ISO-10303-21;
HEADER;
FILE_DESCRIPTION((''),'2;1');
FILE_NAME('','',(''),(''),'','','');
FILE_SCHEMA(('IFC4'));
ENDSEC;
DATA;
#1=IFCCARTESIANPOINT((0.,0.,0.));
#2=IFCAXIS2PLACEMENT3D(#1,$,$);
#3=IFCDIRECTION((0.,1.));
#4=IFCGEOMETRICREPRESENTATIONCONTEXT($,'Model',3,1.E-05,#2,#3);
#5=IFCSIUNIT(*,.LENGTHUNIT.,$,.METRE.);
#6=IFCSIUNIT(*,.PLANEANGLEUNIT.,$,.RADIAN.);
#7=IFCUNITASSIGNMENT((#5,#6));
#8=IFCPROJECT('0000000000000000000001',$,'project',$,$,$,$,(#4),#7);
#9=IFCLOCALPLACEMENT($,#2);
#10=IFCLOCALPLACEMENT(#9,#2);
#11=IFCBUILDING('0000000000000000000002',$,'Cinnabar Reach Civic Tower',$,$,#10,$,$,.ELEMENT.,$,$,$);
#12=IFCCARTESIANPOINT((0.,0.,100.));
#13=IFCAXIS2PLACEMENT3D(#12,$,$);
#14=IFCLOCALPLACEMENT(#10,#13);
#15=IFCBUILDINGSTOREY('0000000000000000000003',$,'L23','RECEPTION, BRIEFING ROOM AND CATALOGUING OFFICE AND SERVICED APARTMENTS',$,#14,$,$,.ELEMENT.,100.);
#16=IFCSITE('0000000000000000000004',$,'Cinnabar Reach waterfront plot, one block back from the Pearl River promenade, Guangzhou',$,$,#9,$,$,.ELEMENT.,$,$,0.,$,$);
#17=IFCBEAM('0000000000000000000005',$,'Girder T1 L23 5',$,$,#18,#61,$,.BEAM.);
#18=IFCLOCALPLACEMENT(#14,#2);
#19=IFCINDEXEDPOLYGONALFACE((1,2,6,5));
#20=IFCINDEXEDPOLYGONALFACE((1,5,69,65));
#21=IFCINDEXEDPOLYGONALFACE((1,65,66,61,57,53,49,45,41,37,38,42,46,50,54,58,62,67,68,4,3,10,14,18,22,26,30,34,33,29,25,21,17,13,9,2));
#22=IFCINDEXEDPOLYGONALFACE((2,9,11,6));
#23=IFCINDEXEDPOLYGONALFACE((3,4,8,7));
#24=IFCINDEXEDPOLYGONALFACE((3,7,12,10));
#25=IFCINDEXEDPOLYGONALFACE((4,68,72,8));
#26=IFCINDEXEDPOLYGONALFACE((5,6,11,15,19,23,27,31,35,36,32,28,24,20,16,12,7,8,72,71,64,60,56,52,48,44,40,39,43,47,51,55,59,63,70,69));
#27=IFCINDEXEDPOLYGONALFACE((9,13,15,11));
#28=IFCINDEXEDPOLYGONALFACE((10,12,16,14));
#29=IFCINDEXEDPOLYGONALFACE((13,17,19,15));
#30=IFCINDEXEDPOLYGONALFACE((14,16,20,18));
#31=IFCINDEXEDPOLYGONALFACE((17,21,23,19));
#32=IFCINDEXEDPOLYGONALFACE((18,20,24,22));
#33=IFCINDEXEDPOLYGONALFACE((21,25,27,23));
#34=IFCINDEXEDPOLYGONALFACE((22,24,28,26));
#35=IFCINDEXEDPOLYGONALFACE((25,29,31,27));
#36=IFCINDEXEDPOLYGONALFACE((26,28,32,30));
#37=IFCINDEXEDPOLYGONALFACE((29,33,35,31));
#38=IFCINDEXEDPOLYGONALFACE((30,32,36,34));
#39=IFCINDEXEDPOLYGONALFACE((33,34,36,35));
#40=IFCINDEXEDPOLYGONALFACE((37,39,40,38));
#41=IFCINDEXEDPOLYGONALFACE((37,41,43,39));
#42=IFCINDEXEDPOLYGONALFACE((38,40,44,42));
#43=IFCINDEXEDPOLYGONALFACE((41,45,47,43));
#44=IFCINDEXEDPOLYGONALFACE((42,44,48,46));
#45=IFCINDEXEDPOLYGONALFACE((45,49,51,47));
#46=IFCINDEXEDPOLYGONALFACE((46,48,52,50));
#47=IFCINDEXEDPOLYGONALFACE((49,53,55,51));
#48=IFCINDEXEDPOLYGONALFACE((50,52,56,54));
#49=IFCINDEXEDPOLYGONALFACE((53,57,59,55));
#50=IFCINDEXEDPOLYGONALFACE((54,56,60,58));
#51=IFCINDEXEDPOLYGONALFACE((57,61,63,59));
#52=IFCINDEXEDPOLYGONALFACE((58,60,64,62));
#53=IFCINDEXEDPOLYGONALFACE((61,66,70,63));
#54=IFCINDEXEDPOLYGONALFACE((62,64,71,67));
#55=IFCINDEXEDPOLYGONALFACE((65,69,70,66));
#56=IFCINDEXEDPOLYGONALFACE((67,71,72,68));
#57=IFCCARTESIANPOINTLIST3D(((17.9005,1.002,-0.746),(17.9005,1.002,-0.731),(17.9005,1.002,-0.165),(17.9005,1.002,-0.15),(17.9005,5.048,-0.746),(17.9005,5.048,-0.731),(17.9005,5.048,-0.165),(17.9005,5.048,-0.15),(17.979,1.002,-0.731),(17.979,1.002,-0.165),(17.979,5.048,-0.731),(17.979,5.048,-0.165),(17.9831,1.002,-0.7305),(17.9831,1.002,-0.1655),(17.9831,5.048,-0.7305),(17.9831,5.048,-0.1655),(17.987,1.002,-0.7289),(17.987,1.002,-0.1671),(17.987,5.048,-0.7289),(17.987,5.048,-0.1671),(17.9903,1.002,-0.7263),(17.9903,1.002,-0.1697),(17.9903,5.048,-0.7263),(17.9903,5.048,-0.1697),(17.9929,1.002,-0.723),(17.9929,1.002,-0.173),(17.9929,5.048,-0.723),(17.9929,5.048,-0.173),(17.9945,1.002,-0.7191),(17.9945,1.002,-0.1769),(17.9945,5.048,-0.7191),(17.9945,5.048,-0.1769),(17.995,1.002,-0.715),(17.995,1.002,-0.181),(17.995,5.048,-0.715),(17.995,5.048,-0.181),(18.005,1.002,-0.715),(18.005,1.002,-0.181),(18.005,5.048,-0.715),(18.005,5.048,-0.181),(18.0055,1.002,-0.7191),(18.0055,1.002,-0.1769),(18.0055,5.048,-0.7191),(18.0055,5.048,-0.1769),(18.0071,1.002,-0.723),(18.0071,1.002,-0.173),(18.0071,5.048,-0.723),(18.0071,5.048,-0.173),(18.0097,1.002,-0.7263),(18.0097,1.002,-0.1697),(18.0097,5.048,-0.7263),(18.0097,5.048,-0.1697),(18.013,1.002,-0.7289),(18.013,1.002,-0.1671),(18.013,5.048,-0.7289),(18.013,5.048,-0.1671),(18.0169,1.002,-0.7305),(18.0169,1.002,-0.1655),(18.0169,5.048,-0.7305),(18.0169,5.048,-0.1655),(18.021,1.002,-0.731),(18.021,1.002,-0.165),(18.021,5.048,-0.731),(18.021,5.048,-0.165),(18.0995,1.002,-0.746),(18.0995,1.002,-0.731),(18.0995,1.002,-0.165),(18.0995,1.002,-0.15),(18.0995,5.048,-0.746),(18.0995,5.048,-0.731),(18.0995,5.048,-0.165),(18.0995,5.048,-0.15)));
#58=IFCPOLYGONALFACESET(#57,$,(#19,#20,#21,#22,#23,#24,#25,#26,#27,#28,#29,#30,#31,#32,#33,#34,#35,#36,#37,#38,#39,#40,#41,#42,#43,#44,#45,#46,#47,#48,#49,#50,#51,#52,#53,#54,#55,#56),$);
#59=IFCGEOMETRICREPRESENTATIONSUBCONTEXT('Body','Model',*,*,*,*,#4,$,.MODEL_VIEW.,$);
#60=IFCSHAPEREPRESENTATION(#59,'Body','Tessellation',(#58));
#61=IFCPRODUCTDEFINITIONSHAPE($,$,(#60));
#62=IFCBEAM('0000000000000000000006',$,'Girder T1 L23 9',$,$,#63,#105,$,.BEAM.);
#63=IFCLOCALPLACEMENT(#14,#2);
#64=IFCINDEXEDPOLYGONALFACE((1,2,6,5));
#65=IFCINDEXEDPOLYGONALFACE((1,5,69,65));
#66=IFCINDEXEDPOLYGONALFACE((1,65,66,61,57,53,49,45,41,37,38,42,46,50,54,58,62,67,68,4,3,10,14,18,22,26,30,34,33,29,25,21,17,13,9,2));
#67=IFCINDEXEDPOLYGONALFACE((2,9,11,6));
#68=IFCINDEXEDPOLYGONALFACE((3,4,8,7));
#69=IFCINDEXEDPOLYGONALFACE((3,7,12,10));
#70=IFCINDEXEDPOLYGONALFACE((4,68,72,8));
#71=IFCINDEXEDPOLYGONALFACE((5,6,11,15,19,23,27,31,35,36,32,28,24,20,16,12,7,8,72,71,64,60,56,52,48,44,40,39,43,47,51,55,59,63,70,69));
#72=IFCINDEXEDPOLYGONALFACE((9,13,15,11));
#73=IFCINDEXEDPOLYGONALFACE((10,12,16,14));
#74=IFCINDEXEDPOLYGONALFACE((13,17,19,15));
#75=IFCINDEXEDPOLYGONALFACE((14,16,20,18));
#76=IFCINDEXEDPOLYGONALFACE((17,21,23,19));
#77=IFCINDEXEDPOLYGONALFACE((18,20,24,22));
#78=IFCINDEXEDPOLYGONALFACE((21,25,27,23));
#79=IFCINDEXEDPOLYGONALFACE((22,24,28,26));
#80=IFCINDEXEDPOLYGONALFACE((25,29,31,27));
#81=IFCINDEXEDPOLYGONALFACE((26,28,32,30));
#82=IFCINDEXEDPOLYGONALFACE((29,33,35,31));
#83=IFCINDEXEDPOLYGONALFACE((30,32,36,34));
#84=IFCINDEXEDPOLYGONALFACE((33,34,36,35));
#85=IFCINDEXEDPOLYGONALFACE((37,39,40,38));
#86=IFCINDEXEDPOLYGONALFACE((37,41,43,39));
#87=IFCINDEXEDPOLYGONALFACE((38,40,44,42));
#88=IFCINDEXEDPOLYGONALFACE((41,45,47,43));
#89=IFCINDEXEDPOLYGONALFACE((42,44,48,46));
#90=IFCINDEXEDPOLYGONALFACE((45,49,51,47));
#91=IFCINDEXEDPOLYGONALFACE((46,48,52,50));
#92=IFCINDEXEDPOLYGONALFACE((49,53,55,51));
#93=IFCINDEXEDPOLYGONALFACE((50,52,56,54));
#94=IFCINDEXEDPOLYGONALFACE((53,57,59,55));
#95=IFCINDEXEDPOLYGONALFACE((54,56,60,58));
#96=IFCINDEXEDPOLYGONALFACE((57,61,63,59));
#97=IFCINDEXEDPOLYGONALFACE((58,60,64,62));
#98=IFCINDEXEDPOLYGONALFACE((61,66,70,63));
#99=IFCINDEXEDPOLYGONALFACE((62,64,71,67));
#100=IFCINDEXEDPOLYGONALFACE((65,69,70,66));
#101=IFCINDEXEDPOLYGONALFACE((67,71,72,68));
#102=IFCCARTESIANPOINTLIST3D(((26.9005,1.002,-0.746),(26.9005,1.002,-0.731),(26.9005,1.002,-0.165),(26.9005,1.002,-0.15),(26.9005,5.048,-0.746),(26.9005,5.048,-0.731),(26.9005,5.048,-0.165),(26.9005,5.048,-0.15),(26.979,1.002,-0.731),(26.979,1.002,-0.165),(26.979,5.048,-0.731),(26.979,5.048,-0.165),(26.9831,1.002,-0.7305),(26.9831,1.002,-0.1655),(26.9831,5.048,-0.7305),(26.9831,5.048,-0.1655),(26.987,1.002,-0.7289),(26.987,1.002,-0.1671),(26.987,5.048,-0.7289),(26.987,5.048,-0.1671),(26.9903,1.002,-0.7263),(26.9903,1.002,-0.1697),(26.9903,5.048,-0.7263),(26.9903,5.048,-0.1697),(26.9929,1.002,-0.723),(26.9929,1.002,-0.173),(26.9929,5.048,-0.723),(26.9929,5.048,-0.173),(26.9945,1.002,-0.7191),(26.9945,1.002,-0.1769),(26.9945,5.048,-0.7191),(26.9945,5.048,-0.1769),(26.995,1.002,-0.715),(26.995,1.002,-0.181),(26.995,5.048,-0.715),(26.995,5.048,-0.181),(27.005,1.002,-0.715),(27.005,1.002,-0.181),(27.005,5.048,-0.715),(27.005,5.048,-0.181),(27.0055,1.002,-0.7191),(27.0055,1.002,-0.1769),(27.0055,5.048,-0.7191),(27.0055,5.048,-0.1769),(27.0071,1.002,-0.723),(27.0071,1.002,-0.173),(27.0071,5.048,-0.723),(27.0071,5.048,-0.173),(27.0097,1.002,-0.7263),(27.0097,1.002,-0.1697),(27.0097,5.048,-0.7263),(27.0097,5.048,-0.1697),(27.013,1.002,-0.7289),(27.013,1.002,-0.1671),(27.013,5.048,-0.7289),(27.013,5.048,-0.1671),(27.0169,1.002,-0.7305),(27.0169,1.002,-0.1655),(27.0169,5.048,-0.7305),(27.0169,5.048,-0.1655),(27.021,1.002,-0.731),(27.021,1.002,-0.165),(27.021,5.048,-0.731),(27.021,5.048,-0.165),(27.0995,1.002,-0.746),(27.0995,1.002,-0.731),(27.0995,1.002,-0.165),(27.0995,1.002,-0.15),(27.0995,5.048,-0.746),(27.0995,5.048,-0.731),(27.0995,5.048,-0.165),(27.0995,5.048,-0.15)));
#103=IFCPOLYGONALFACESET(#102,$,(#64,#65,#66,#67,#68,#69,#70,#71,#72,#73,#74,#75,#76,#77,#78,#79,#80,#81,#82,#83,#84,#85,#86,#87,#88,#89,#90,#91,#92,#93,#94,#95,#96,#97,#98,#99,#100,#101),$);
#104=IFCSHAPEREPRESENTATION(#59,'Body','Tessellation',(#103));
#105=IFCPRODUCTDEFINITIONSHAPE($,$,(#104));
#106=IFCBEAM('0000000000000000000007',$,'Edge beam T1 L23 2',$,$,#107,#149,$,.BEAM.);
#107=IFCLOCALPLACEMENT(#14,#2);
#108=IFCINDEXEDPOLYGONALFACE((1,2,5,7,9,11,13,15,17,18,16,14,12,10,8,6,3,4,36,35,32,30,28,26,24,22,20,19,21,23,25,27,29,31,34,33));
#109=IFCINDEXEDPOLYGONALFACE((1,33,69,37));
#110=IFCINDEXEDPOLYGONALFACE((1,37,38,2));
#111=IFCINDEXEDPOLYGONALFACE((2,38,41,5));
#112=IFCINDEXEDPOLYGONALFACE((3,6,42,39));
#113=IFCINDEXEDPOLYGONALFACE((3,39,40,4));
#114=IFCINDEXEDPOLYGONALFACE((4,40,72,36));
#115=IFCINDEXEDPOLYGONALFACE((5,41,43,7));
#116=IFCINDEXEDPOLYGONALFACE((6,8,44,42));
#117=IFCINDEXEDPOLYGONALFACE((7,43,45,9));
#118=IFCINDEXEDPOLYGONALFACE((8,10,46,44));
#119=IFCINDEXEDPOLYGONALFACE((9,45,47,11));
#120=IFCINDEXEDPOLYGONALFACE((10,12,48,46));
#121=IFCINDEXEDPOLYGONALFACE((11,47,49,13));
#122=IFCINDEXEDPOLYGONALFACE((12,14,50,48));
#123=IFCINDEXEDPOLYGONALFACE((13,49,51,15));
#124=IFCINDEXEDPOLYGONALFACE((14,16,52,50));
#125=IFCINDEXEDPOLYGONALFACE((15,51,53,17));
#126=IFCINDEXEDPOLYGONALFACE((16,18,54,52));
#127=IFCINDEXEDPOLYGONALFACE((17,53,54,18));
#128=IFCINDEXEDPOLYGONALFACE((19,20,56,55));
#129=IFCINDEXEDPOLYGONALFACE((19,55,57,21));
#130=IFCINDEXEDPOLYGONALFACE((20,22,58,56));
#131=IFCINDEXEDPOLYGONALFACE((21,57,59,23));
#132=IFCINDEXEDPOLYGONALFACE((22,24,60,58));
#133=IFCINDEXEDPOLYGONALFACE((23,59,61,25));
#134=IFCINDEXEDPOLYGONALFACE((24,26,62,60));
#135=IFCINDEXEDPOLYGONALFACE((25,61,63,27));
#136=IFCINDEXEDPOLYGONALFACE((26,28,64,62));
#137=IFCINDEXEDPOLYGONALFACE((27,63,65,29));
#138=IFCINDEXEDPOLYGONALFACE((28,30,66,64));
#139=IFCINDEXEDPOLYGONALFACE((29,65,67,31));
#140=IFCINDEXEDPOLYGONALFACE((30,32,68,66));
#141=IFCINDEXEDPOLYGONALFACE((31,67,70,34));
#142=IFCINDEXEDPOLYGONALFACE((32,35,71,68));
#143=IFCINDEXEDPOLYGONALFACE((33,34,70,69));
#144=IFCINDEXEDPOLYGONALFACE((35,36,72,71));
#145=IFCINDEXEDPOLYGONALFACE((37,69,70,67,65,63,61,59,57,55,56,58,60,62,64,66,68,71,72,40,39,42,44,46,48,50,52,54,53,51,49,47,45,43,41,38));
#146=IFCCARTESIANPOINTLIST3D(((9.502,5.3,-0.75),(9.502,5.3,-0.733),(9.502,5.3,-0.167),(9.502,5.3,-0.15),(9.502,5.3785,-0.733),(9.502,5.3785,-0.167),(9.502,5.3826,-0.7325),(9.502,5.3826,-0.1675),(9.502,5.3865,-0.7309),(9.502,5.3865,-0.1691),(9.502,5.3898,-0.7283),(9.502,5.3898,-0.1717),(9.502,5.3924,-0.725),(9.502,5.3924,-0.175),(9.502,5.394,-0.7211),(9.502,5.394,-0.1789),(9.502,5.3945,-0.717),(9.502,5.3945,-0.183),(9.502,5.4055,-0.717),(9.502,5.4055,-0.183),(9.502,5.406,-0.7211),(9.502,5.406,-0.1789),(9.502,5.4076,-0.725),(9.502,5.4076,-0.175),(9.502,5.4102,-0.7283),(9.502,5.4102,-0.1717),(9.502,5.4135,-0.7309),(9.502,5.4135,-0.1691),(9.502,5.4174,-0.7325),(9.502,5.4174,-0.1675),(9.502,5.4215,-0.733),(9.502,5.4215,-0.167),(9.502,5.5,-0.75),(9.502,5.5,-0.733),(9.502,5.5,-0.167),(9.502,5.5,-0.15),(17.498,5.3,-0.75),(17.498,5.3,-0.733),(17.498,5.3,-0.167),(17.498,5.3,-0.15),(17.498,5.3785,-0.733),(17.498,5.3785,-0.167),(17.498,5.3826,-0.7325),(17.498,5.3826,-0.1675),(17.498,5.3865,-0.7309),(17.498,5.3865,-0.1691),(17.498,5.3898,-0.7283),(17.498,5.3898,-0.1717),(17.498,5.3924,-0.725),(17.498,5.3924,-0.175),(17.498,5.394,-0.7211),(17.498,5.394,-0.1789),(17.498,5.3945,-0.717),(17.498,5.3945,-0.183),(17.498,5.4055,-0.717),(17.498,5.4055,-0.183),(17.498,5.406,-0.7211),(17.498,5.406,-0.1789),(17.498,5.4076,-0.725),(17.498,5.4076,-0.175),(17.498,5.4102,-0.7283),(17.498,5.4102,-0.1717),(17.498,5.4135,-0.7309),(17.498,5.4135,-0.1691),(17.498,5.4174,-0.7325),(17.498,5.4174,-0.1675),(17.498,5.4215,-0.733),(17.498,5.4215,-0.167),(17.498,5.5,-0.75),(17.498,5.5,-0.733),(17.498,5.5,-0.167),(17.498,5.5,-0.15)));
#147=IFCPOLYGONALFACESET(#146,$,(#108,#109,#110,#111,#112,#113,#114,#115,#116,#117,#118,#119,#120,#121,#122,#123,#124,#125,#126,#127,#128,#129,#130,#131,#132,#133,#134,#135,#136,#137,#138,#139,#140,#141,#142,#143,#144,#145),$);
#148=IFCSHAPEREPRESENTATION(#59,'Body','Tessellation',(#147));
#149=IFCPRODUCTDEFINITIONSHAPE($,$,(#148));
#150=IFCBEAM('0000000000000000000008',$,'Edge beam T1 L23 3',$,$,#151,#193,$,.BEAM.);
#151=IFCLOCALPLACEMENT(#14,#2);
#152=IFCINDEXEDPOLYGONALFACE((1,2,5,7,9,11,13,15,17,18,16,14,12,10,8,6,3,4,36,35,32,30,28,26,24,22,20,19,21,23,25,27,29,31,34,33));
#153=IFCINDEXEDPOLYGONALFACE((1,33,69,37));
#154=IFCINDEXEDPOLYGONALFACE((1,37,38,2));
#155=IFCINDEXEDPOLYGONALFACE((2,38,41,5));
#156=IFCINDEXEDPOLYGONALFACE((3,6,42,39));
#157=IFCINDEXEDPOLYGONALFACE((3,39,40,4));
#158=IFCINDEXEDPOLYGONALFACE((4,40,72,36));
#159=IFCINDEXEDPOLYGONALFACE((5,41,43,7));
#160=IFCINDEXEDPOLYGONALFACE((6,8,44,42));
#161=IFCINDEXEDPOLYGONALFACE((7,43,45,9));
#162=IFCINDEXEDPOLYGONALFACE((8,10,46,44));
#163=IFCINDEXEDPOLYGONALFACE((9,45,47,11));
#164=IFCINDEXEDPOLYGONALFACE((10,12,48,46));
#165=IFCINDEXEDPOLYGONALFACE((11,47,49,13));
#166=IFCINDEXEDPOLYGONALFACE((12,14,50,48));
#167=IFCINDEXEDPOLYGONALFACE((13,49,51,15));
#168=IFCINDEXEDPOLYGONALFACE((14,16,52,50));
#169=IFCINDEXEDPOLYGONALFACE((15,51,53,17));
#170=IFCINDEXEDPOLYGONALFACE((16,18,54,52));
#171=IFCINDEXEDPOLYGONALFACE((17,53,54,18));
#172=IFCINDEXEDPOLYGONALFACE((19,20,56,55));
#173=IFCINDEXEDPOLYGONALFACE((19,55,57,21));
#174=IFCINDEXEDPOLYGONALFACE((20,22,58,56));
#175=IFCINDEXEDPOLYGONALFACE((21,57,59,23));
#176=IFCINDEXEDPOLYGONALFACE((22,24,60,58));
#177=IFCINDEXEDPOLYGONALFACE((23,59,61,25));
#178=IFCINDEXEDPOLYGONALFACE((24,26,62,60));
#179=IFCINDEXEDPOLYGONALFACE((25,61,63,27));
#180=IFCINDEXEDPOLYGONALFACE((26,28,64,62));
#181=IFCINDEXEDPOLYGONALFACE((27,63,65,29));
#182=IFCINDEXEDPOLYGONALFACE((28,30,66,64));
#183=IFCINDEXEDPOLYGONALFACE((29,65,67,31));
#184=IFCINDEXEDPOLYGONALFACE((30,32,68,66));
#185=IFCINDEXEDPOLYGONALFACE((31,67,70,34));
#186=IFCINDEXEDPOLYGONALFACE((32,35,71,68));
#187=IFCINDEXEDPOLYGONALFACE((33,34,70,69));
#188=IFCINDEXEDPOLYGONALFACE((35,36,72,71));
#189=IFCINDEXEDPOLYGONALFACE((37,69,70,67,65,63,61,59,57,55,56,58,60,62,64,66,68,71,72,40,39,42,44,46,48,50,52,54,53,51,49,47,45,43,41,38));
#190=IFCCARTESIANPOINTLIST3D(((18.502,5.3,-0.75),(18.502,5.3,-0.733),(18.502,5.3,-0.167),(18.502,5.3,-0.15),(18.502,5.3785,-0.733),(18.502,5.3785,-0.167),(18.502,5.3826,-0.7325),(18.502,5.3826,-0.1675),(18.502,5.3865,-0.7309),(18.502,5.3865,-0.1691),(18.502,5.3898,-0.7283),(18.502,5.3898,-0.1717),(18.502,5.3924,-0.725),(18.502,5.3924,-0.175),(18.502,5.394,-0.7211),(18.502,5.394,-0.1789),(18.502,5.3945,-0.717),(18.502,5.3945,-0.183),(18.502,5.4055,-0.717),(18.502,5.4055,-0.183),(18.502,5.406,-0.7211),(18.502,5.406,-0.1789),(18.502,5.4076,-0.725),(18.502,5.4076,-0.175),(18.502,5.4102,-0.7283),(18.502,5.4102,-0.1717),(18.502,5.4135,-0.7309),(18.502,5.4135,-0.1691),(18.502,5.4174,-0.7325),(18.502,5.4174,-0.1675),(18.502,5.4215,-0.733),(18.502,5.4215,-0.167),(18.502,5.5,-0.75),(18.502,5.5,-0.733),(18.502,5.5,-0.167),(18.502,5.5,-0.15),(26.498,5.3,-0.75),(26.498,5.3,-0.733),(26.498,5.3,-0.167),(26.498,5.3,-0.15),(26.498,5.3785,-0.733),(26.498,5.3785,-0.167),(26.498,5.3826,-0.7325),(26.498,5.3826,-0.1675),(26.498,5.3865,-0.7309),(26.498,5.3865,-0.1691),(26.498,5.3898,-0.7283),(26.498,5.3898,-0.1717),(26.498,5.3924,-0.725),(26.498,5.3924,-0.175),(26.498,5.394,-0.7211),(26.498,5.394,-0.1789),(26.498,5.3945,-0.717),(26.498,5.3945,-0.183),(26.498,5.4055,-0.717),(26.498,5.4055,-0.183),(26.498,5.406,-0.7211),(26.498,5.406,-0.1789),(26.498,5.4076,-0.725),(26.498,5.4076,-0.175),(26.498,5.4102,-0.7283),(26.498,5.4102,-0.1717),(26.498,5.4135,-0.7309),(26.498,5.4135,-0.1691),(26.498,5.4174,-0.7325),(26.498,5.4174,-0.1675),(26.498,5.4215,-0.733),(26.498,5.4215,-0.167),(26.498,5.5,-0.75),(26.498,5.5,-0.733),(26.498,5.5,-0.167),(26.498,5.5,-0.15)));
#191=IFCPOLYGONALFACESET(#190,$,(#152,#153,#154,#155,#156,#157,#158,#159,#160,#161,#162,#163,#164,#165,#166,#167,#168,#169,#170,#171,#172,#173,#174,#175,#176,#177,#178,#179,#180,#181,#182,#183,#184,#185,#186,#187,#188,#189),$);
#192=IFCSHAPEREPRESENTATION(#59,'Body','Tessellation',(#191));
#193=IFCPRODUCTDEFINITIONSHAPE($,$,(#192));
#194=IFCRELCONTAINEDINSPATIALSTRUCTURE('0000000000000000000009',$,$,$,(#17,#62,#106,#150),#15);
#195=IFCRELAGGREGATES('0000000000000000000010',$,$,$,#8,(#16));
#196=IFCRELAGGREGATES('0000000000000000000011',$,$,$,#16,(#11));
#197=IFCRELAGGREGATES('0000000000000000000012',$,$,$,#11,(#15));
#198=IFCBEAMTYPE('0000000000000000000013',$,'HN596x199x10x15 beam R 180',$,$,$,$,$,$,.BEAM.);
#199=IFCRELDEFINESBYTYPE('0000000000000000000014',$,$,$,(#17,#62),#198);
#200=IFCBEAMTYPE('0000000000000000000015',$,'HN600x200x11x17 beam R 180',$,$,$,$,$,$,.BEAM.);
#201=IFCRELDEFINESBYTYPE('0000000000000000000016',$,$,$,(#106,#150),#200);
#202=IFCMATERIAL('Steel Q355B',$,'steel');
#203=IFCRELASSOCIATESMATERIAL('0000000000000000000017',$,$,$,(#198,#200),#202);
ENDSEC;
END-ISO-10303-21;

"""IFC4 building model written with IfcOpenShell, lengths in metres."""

from ifc_helpers import new_model, si_unit, direction, frame, origin, origin_2d, place, context, subcontext, project, spatial, i_section, extrude, material, material_profile, profile_set, type_object, element, save


model = new_model("IFC4")

# Units and contexts
model_context = context("Model", 3, precision=1e-05, world=origin(), true_north=direction((0.0, 1.0)))
body_context = subcontext(model_context, "Body", "Model", "MODEL_VIEW")
ifc_project = project(units=[si_unit("LENGTHUNIT", "METRE"), si_unit("PLANEANGLEUNIT", "RADIAN")], contexts=[model_context])

# Site, building, storey
site_placement = place(None, origin())
site = spatial("IfcSite", under=ifc_project, at=site_placement, Name="Cinnabar Reach waterfront plot, one block back from the Pearl River promenade, Guangzhou", CompositionType="ELEMENT", RefElevation=0.0)
building_placement = place(site_placement, origin())
building = spatial("IfcBuilding", under=site, at=building_placement, Name="Cinnabar Reach Civic Tower", CompositionType="ELEMENT")
storey_placement = place(building_placement, frame((0.0, 0.0, 100.0)))
storey = spatial("IfcBuildingStorey", under=building, at=storey_placement, Name="L23", Description="RECEPTION, BRIEFING ROOM AND CATALOGUING OFFICE AND SERVICED APARTMENTS", CompositionType="ELEMENT", Elevation=100.0)

# Beams
ifc_material_1 = material(Name="Steel Q355B", Category="steel")
ifc_material_profile_1 = material_profile(ifc_material_1, i_section(OverallWidth=0.199, OverallDepth=0.596, WebThickness=0.01, FlangeThickness=0.015, FilletRadius=0.016, at=origin_2d()), Name="HN596x199x10x15")
ifc_profile_set_1 = profile_set([ifc_material_profile_1], Name="Steel Q355B")
beam_type_1 = type_object("IfcBeamType", Name="HN596x199x10x15 beam R 180", PredefinedType="BEAM", material=ifc_profile_set_1)
for number, where, z_axis, x_axis, name in (
    (1, (18.0, 1.002, -0.448), (0.0, 1.0, 0.0), (-1.0, 0.0, 0.0), "Girder T1 L23 5"),
    (2, (27.0, 1.002, -0.448), (0.0, 1.0, 0.0), (-1.0, 0.0, 0.0), "Girder T1 L23 9"),
):
    element("IfcBeam", number, at=place(storey_placement, frame(where, z_axis=z_axis, x_axis=x_axis)), inside=storey, type_object=beam_type_1, Name=name, PredefinedType="BEAM", context=body_context, shape_type="SweptSolid", body=[
        extrude(i_section(OverallWidth=0.199, OverallDepth=0.596, WebThickness=0.01, FlangeThickness=0.015, FilletRadius=0.016, at=origin_2d()), origin(), (0.0, 0.0, 1.0), 4.046),
    ])
ifc_material_profile_2 = material_profile(ifc_material_1, i_section(OverallWidth=0.2, OverallDepth=0.6, WebThickness=0.011, FlangeThickness=0.017, FilletRadius=0.016, at=origin_2d()), Name="HN600x200x11x17")
ifc_profile_set_2 = profile_set([ifc_material_profile_2], Name="Steel Q355B")
beam_type_2 = type_object("IfcBeamType", Name="HN600x200x11x17 beam R 180", PredefinedType="BEAM", material=ifc_profile_set_2)
for number, where, z_axis, x_axis, name in (
    (3, (9.502, 5.4, -0.45), (1.0, 0.0, 0.0), (0.0, 1.0, 0.0), "Edge beam T1 L23 2"),
    (4, (18.502, 5.4, -0.45), (1.0, 0.0, 0.0), (0.0, 1.0, 0.0), "Edge beam T1 L23 3"),
):
    element("IfcBeam", number, at=place(storey_placement, frame(where, z_axis=z_axis, x_axis=x_axis)), inside=storey, type_object=beam_type_2, Name=name, PredefinedType="BEAM", context=body_context, shape_type="SweptSolid", body=[
        extrude(i_section(OverallWidth=0.2, OverallDepth=0.6, WebThickness=0.011, FlangeThickness=0.017, FilletRadius=0.016, at=origin_2d()), origin(), (0.0, 0.0, 1.0), 7.996),
    ])

save(model, "model.ifc")
